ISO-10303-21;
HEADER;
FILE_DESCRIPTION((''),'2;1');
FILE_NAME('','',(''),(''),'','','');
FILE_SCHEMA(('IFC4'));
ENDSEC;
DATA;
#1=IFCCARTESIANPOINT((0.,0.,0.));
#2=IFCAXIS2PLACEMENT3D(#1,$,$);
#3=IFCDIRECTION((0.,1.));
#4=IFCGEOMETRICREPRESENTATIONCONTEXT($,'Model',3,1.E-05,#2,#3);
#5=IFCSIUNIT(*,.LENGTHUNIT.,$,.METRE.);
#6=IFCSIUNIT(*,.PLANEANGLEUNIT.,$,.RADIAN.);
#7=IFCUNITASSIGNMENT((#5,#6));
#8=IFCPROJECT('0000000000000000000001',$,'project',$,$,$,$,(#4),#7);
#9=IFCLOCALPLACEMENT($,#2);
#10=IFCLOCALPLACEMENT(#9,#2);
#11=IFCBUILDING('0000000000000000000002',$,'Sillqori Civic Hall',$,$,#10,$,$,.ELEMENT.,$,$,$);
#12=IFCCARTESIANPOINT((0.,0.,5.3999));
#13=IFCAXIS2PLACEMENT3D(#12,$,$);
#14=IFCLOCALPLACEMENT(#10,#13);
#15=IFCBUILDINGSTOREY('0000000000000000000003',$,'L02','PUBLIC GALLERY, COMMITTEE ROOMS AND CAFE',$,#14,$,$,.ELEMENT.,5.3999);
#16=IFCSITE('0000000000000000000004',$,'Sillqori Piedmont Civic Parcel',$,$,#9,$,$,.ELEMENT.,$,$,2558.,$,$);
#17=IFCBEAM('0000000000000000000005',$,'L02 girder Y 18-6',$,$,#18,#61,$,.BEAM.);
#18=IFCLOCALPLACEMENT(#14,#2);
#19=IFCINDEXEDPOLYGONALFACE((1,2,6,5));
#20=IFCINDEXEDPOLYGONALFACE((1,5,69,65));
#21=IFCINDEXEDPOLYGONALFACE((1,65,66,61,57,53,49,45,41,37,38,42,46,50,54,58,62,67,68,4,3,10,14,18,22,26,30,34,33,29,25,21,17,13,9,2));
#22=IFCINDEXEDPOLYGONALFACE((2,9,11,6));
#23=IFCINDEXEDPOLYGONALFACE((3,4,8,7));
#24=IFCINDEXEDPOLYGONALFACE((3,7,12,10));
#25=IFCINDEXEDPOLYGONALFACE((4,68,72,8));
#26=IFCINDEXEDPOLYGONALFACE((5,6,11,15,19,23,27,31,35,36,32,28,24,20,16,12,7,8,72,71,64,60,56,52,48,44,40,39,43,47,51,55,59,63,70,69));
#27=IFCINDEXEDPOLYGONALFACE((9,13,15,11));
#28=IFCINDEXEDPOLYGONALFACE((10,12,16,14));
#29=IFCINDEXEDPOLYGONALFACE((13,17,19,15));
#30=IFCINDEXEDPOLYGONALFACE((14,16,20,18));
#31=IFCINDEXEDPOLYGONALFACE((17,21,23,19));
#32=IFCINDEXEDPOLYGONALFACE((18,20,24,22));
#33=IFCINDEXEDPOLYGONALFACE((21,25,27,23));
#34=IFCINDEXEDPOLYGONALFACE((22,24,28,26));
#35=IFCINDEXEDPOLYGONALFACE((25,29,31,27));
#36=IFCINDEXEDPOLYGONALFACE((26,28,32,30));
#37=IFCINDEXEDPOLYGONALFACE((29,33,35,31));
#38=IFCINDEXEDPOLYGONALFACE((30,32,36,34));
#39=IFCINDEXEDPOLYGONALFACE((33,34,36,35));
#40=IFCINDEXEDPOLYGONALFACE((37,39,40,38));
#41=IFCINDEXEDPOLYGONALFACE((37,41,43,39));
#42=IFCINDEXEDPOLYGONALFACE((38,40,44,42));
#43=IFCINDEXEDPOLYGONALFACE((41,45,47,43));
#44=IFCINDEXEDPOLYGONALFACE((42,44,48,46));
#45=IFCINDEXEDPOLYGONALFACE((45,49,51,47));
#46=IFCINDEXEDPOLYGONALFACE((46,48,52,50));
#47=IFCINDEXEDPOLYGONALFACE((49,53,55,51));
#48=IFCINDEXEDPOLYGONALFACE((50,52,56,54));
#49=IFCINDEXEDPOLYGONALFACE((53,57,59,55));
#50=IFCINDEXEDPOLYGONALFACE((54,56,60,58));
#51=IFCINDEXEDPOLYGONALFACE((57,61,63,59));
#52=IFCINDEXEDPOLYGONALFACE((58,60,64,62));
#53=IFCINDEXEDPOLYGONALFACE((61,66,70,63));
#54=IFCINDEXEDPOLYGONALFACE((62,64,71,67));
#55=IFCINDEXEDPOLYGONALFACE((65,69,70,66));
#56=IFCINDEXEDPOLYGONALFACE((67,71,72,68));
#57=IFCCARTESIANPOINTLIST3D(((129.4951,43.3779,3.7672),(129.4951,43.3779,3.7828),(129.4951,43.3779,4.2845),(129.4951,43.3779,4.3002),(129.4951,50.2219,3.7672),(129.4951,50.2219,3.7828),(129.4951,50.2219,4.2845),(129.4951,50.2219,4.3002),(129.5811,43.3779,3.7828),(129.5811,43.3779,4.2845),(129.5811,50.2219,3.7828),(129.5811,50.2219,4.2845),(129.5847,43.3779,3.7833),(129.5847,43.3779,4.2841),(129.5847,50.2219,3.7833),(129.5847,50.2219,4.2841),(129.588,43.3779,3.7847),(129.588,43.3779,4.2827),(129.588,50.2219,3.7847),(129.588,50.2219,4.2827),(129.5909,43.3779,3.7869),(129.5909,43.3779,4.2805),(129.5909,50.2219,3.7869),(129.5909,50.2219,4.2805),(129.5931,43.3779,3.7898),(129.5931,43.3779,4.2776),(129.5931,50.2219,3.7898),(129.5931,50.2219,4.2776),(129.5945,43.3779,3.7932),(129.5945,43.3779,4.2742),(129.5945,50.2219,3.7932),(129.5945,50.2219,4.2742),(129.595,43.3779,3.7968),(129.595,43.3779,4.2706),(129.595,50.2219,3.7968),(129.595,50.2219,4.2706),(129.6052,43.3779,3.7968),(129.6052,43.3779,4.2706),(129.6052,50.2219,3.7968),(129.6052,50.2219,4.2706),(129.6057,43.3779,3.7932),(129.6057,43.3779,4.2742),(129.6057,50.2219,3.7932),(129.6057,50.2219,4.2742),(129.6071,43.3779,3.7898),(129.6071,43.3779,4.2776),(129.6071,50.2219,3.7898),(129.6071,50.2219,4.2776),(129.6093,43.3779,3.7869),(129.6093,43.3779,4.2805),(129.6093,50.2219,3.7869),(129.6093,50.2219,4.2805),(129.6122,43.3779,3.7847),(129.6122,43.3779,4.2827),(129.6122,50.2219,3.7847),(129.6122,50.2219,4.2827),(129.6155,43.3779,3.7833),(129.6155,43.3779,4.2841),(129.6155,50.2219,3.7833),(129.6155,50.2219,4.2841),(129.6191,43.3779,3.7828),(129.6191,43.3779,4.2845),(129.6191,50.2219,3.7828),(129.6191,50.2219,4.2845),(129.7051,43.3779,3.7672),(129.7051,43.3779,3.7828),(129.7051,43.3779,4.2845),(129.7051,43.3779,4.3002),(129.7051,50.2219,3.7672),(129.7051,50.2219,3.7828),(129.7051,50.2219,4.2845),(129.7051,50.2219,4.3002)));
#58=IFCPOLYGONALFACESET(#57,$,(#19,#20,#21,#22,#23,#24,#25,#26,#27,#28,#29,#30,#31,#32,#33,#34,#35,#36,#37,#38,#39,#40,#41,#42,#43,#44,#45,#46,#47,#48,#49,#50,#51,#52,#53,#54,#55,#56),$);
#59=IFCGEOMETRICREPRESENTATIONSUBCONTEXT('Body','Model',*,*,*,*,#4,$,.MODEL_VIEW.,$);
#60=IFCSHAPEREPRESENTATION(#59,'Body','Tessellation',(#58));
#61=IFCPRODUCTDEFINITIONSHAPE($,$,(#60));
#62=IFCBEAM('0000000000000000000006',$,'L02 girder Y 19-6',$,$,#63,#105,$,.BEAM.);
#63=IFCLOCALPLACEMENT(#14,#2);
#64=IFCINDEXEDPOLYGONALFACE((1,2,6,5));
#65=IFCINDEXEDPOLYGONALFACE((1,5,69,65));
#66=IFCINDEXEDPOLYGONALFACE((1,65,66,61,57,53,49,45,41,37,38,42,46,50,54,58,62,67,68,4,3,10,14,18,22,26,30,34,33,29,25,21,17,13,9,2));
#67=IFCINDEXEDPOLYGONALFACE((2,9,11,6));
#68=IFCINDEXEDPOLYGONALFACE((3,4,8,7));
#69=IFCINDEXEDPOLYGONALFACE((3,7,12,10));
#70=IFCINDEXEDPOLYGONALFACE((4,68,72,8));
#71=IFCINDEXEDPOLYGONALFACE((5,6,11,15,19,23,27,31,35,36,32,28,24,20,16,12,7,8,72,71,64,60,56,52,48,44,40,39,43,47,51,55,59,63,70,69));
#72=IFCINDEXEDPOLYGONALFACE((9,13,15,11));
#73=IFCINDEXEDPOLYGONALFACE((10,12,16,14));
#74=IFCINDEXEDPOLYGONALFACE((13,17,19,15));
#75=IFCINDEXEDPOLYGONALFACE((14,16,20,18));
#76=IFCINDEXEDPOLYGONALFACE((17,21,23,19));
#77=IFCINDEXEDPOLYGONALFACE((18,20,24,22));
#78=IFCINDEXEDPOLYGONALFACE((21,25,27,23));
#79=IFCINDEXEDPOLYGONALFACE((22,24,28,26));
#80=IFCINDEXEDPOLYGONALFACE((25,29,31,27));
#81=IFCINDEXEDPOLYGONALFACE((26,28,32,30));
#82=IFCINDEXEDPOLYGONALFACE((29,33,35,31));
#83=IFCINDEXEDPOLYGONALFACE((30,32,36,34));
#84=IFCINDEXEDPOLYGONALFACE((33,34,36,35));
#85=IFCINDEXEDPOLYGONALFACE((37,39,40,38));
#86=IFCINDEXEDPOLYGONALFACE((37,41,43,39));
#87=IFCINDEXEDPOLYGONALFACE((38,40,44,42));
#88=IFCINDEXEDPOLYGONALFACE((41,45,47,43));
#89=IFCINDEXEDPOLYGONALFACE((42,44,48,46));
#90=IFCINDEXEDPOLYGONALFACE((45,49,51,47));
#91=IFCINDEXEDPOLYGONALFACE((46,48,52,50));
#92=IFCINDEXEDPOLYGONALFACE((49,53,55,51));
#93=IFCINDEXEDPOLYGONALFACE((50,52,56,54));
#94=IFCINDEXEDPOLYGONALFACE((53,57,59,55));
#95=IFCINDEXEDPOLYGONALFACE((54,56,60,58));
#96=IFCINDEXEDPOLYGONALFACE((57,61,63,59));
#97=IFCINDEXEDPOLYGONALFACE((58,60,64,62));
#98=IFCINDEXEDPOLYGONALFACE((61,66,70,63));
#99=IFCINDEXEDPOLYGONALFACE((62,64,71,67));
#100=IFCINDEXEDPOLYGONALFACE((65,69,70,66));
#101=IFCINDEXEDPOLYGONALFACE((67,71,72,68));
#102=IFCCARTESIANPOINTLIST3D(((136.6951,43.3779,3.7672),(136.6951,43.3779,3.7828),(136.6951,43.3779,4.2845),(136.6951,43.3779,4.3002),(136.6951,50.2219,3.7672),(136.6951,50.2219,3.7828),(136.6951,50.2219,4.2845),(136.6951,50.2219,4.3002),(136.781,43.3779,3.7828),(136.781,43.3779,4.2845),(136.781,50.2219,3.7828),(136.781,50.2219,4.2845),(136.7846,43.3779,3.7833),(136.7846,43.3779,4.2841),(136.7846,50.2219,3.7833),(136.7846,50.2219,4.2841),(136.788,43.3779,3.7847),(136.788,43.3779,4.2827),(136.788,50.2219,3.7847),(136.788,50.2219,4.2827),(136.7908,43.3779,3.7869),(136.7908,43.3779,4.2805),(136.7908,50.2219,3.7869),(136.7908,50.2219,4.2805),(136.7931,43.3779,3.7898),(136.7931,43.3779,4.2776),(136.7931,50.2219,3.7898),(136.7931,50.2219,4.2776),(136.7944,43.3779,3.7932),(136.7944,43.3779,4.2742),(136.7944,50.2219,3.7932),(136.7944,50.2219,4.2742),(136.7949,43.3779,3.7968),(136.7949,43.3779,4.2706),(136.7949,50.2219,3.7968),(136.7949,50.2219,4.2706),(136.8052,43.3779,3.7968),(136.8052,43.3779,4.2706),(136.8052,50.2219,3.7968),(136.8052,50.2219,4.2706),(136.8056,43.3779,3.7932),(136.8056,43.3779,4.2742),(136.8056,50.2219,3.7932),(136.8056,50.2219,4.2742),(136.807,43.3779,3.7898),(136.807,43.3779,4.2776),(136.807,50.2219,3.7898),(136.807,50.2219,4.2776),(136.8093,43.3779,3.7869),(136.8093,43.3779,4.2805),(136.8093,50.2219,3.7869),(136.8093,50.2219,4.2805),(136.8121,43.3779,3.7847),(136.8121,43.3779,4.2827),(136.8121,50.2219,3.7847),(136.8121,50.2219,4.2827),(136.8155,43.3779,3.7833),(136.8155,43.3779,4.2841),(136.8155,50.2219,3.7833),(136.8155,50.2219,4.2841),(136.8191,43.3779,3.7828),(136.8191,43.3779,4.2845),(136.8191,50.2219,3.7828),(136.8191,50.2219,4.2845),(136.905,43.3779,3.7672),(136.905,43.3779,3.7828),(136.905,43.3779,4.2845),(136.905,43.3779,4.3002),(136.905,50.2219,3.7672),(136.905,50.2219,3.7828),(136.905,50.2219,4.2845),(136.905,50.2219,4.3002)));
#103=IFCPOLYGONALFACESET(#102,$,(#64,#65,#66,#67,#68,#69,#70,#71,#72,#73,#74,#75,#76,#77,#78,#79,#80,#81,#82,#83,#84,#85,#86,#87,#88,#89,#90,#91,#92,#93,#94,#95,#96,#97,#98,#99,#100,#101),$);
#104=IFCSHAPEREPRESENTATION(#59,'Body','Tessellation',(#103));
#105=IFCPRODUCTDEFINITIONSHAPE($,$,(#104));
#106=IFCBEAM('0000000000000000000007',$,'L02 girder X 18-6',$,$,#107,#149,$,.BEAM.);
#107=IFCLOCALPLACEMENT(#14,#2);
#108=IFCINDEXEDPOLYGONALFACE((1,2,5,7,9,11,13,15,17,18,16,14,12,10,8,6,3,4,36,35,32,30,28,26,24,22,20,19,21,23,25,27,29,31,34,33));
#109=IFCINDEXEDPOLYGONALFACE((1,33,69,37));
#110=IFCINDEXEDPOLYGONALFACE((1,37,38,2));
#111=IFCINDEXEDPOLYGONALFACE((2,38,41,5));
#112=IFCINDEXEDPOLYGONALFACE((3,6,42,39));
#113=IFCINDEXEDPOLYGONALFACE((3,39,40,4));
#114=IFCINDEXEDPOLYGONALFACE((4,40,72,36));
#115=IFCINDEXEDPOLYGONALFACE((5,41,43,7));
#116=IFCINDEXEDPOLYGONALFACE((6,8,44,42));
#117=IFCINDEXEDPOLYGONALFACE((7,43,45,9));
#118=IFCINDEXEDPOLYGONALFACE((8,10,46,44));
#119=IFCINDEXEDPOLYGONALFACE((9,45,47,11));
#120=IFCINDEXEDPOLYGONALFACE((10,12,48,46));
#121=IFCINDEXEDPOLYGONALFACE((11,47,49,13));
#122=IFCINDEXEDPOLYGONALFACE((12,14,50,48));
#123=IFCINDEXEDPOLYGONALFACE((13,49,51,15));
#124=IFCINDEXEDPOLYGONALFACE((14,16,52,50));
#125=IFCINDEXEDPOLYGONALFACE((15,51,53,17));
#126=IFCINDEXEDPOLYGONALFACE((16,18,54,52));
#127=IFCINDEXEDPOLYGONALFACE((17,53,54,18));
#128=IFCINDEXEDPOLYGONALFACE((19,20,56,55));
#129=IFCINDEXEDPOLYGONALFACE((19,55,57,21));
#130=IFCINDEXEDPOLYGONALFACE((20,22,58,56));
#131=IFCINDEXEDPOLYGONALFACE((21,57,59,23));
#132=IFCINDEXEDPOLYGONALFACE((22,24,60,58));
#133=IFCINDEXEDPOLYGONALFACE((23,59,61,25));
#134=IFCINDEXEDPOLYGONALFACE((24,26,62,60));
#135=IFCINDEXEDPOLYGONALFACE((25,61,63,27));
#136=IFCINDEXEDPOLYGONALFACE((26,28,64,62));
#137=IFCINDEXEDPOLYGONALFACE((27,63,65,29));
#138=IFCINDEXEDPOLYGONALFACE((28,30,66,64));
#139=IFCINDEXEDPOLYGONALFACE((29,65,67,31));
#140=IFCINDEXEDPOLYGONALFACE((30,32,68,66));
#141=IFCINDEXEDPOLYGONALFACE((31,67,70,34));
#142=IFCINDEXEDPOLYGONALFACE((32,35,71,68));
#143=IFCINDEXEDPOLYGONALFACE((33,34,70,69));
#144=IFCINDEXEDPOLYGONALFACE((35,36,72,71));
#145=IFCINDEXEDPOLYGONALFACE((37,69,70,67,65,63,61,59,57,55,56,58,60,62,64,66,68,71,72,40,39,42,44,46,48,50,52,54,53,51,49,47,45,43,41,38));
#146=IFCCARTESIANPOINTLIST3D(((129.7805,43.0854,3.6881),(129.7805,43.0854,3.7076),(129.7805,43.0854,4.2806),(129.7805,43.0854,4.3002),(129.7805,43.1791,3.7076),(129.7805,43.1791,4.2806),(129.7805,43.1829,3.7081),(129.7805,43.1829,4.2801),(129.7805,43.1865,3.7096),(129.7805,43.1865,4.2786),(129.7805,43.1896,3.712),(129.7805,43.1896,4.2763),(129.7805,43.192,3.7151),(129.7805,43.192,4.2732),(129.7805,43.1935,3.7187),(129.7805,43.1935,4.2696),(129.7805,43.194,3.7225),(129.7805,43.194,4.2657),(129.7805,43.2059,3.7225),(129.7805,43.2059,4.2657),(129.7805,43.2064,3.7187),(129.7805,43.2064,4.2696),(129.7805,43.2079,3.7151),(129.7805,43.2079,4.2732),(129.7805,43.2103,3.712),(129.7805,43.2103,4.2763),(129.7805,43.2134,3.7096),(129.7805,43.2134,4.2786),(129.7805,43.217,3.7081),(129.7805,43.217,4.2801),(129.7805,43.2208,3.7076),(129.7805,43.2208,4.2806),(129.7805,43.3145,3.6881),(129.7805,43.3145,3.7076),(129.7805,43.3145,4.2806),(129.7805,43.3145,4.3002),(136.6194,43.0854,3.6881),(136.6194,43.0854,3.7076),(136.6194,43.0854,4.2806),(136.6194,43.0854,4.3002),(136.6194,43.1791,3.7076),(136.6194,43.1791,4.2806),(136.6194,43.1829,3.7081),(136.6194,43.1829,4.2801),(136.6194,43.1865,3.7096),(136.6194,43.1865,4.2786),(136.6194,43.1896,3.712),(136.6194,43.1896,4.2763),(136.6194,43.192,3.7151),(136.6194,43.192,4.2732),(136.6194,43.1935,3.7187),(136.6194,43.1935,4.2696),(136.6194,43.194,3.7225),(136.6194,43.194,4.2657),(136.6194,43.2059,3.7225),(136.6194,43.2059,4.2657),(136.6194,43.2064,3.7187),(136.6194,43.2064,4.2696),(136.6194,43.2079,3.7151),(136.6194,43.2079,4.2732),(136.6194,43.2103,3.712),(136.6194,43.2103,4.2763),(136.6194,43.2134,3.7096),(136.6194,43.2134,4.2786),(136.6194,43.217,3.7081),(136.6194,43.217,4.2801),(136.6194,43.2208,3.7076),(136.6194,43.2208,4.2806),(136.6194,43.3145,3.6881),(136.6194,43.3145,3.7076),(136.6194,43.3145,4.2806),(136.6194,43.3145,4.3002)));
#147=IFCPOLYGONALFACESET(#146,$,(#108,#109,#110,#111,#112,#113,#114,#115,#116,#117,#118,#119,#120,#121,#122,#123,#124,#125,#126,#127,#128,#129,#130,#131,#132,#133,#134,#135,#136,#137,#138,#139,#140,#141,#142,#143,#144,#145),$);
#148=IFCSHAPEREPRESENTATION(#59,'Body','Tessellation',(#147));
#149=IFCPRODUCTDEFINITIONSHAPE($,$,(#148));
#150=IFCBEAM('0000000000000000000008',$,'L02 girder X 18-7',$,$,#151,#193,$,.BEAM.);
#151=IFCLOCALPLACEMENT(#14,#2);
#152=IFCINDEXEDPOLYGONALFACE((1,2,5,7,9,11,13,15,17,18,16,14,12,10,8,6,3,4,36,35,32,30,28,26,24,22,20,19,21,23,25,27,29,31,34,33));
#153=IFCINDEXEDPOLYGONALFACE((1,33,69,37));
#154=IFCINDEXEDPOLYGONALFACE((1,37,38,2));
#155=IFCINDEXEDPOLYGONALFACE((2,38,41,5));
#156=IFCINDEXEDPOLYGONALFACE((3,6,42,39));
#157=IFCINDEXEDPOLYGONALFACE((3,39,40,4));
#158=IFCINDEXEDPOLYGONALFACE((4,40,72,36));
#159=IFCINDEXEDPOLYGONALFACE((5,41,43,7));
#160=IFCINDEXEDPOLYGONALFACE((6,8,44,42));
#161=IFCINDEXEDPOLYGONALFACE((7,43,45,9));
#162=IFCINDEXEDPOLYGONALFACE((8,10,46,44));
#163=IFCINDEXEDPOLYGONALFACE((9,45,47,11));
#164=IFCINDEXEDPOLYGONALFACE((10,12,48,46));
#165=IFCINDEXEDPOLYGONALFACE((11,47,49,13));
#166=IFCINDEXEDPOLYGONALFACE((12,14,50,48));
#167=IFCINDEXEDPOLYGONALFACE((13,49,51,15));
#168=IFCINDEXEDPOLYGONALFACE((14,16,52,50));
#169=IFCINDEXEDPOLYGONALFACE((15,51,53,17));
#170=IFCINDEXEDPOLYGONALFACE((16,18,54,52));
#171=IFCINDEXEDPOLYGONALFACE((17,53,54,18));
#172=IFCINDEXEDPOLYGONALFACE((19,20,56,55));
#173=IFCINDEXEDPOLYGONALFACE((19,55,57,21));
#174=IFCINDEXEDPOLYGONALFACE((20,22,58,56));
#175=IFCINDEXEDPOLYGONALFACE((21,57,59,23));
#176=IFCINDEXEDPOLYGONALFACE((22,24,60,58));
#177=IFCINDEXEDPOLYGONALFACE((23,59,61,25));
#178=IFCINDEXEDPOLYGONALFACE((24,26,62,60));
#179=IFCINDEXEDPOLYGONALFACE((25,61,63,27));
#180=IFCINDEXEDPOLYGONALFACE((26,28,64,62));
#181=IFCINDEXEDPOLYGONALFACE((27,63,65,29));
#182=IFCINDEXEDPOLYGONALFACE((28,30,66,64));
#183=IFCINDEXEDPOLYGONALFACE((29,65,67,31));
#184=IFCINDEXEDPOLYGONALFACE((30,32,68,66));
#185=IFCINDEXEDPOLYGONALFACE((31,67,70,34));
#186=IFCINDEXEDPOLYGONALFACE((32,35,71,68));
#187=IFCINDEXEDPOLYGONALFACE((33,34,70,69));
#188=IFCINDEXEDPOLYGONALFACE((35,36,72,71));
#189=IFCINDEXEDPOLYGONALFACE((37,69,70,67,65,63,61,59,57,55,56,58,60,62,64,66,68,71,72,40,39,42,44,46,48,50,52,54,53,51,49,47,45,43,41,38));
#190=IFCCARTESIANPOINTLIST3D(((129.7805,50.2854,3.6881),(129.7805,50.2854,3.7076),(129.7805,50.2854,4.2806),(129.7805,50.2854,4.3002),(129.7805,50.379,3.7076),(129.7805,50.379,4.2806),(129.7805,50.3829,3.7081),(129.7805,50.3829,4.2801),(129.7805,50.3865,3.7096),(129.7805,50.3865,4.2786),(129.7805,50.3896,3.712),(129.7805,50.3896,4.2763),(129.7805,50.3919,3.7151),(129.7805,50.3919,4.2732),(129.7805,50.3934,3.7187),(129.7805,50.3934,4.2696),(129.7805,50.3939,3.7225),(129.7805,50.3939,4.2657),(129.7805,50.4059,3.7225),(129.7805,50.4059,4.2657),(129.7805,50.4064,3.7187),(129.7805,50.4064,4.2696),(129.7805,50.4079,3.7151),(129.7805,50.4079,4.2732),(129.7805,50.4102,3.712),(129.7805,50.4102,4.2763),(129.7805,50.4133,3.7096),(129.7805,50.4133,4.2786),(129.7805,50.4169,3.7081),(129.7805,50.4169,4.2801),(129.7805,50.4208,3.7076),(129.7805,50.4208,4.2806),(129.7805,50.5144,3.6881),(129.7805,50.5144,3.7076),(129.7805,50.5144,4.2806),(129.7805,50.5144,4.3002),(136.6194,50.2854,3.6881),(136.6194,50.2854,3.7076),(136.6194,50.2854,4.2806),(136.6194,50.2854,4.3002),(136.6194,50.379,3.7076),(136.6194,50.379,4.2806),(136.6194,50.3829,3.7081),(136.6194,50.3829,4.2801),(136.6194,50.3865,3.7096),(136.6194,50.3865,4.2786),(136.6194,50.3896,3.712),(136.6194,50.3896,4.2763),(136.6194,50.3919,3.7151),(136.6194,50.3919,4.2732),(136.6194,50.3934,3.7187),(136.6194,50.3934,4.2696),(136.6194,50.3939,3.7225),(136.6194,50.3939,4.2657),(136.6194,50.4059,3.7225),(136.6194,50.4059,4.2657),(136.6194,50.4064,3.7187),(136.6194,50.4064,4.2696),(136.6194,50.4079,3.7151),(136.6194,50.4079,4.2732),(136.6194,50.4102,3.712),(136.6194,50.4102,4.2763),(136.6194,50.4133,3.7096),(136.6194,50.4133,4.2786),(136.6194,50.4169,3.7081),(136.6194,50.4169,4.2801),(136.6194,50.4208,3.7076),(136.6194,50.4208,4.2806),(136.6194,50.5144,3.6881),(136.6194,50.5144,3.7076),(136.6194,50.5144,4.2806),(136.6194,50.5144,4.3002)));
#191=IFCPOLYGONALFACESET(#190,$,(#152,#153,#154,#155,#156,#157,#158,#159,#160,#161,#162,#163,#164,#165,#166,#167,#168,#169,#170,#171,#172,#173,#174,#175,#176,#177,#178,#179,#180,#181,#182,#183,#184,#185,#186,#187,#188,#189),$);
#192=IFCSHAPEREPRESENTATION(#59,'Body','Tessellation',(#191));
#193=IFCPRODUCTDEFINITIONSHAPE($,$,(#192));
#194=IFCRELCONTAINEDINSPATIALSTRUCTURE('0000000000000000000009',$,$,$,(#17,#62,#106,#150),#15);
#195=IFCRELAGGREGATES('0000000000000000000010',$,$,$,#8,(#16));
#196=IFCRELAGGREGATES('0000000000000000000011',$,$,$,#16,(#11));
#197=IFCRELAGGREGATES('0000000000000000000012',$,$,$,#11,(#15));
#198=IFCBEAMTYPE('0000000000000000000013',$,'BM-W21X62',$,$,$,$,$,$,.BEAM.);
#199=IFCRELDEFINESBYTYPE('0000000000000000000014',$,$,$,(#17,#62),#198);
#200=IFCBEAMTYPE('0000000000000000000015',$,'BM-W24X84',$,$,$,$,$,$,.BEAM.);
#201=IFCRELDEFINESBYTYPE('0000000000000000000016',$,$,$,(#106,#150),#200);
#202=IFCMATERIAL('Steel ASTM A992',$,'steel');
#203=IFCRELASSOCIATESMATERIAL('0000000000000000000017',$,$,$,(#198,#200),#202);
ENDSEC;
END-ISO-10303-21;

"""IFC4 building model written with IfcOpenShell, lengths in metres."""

from ifc_helpers import new_model, si_unit, direction, frame, origin, origin_2d, place, context, subcontext, project, spatial, i_section, extrude, material, material_profile, profile_set, type_object, element, save


model = new_model("IFC4")

# Units and contexts
model_context = context("Model", 3, precision=1e-05, world=origin(), true_north=direction((0.0, 1.0)))
body_context = subcontext(model_context, "Body", "Model", "MODEL_VIEW")
ifc_project = project(units=[si_unit("LENGTHUNIT", "METRE"), si_unit("PLANEANGLEUNIT", "RADIAN")], contexts=[model_context])

# Site, building, storey
site_placement = place(None, origin())
site = spatial("IfcSite", under=ifc_project, at=site_placement, Name="Sillqori Piedmont Civic Parcel", CompositionType="ELEMENT", RefElevation=2558.0)
building_placement = place(site_placement, origin())
building = spatial("IfcBuilding", under=site, at=building_placement, Name="Sillqori Civic Hall", CompositionType="ELEMENT")
storey_placement = place(building_placement, frame((0.0, 0.0, 5.3999)))
storey = spatial("IfcBuildingStorey", under=building, at=storey_placement, Name="L02", Description="PUBLIC GALLERY, COMMITTEE ROOMS AND CAFE", CompositionType="ELEMENT", Elevation=5.3999)

# Shared definitions
ifc_material_1 = material(Name="Steel ASTM A992", Category="steel")

# Beams
ifc_material_profile_1 = material_profile(ifc_material_1, i_section(OverallWidth=0.21, OverallDepth=0.533, WebThickness=0.0103, FlangeThickness=0.0156, FilletRadius=0.0139, at=origin_2d()), Name="W21X62")
ifc_profile_set_1 = profile_set([ifc_material_profile_1], Name="Steel ASTM A992")
beam_type_1 = type_object("IfcBeamType", Name="BM-W21X62", PredefinedType="BEAM", material=ifc_profile_set_1)
for number, where, z_axis, x_axis, name in (
    (1, (129.6001, 43.3779, 4.0337), (0.0, 1.0, 0.0), (-1.0, 0.0, 0.0), "L02 girder Y 18-6"),
    (2, (136.8, 43.3779, 4.0337), (0.0, 1.0, 0.0), (-1.0, 0.0, 0.0), "L02 girder Y 19-6"),
):
    element("IfcBeam", number, at=place(storey_placement, frame(where, z_axis=z_axis, x_axis=x_axis)), inside=storey, type_object=beam_type_1, Name=name, PredefinedType="BEAM", context=body_context, shape_type="SweptSolid", body=[
        extrude(i_section(OverallWidth=0.21, OverallDepth=0.533, WebThickness=0.0103, FlangeThickness=0.0156, FilletRadius=0.0139, at=origin_2d()), origin(), (0.0, 0.0, 1.0), 6.844),
    ])
ifc_material_profile_2 = material_profile(ifc_material_1, i_section(OverallWidth=0.229, OverallDepth=0.6121, WebThickness=0.012, FlangeThickness=0.0195, FilletRadius=0.0149, at=origin_2d()), Name="W24X84")
ifc_profile_set_2 = profile_set([ifc_material_profile_2], Name="Steel ASTM A992")
beam_type_2 = type_object("IfcBeamType", Name="BM-W24X84", PredefinedType="BEAM", material=ifc_profile_set_2)
for number, where, z_axis, x_axis, name in (
    (3, (129.7805, 43.2, 3.9941), (1.0, 0.0, 0.0), (0.0, 1.0, 0.0), "L02 girder X 18-6"),
    (4, (129.7805, 50.3999, 3.9941), (1.0, 0.0, 0.0), (0.0, 1.0, 0.0), "L02 girder X 18-7"),
):
    element("IfcBeam", number, at=place(storey_placement, frame(where, z_axis=z_axis, x_axis=x_axis)), inside=storey, type_object=beam_type_2, Name=name, PredefinedType="BEAM", context=body_context, shape_type="SweptSolid", body=[
        extrude(i_section(OverallWidth=0.229, OverallDepth=0.6121, WebThickness=0.012, FlangeThickness=0.0195, FilletRadius=0.0149, at=origin_2d()), origin(), (0.0, 0.0, 1.0), 6.8389),
    ])

save(model, "model.ifc")
